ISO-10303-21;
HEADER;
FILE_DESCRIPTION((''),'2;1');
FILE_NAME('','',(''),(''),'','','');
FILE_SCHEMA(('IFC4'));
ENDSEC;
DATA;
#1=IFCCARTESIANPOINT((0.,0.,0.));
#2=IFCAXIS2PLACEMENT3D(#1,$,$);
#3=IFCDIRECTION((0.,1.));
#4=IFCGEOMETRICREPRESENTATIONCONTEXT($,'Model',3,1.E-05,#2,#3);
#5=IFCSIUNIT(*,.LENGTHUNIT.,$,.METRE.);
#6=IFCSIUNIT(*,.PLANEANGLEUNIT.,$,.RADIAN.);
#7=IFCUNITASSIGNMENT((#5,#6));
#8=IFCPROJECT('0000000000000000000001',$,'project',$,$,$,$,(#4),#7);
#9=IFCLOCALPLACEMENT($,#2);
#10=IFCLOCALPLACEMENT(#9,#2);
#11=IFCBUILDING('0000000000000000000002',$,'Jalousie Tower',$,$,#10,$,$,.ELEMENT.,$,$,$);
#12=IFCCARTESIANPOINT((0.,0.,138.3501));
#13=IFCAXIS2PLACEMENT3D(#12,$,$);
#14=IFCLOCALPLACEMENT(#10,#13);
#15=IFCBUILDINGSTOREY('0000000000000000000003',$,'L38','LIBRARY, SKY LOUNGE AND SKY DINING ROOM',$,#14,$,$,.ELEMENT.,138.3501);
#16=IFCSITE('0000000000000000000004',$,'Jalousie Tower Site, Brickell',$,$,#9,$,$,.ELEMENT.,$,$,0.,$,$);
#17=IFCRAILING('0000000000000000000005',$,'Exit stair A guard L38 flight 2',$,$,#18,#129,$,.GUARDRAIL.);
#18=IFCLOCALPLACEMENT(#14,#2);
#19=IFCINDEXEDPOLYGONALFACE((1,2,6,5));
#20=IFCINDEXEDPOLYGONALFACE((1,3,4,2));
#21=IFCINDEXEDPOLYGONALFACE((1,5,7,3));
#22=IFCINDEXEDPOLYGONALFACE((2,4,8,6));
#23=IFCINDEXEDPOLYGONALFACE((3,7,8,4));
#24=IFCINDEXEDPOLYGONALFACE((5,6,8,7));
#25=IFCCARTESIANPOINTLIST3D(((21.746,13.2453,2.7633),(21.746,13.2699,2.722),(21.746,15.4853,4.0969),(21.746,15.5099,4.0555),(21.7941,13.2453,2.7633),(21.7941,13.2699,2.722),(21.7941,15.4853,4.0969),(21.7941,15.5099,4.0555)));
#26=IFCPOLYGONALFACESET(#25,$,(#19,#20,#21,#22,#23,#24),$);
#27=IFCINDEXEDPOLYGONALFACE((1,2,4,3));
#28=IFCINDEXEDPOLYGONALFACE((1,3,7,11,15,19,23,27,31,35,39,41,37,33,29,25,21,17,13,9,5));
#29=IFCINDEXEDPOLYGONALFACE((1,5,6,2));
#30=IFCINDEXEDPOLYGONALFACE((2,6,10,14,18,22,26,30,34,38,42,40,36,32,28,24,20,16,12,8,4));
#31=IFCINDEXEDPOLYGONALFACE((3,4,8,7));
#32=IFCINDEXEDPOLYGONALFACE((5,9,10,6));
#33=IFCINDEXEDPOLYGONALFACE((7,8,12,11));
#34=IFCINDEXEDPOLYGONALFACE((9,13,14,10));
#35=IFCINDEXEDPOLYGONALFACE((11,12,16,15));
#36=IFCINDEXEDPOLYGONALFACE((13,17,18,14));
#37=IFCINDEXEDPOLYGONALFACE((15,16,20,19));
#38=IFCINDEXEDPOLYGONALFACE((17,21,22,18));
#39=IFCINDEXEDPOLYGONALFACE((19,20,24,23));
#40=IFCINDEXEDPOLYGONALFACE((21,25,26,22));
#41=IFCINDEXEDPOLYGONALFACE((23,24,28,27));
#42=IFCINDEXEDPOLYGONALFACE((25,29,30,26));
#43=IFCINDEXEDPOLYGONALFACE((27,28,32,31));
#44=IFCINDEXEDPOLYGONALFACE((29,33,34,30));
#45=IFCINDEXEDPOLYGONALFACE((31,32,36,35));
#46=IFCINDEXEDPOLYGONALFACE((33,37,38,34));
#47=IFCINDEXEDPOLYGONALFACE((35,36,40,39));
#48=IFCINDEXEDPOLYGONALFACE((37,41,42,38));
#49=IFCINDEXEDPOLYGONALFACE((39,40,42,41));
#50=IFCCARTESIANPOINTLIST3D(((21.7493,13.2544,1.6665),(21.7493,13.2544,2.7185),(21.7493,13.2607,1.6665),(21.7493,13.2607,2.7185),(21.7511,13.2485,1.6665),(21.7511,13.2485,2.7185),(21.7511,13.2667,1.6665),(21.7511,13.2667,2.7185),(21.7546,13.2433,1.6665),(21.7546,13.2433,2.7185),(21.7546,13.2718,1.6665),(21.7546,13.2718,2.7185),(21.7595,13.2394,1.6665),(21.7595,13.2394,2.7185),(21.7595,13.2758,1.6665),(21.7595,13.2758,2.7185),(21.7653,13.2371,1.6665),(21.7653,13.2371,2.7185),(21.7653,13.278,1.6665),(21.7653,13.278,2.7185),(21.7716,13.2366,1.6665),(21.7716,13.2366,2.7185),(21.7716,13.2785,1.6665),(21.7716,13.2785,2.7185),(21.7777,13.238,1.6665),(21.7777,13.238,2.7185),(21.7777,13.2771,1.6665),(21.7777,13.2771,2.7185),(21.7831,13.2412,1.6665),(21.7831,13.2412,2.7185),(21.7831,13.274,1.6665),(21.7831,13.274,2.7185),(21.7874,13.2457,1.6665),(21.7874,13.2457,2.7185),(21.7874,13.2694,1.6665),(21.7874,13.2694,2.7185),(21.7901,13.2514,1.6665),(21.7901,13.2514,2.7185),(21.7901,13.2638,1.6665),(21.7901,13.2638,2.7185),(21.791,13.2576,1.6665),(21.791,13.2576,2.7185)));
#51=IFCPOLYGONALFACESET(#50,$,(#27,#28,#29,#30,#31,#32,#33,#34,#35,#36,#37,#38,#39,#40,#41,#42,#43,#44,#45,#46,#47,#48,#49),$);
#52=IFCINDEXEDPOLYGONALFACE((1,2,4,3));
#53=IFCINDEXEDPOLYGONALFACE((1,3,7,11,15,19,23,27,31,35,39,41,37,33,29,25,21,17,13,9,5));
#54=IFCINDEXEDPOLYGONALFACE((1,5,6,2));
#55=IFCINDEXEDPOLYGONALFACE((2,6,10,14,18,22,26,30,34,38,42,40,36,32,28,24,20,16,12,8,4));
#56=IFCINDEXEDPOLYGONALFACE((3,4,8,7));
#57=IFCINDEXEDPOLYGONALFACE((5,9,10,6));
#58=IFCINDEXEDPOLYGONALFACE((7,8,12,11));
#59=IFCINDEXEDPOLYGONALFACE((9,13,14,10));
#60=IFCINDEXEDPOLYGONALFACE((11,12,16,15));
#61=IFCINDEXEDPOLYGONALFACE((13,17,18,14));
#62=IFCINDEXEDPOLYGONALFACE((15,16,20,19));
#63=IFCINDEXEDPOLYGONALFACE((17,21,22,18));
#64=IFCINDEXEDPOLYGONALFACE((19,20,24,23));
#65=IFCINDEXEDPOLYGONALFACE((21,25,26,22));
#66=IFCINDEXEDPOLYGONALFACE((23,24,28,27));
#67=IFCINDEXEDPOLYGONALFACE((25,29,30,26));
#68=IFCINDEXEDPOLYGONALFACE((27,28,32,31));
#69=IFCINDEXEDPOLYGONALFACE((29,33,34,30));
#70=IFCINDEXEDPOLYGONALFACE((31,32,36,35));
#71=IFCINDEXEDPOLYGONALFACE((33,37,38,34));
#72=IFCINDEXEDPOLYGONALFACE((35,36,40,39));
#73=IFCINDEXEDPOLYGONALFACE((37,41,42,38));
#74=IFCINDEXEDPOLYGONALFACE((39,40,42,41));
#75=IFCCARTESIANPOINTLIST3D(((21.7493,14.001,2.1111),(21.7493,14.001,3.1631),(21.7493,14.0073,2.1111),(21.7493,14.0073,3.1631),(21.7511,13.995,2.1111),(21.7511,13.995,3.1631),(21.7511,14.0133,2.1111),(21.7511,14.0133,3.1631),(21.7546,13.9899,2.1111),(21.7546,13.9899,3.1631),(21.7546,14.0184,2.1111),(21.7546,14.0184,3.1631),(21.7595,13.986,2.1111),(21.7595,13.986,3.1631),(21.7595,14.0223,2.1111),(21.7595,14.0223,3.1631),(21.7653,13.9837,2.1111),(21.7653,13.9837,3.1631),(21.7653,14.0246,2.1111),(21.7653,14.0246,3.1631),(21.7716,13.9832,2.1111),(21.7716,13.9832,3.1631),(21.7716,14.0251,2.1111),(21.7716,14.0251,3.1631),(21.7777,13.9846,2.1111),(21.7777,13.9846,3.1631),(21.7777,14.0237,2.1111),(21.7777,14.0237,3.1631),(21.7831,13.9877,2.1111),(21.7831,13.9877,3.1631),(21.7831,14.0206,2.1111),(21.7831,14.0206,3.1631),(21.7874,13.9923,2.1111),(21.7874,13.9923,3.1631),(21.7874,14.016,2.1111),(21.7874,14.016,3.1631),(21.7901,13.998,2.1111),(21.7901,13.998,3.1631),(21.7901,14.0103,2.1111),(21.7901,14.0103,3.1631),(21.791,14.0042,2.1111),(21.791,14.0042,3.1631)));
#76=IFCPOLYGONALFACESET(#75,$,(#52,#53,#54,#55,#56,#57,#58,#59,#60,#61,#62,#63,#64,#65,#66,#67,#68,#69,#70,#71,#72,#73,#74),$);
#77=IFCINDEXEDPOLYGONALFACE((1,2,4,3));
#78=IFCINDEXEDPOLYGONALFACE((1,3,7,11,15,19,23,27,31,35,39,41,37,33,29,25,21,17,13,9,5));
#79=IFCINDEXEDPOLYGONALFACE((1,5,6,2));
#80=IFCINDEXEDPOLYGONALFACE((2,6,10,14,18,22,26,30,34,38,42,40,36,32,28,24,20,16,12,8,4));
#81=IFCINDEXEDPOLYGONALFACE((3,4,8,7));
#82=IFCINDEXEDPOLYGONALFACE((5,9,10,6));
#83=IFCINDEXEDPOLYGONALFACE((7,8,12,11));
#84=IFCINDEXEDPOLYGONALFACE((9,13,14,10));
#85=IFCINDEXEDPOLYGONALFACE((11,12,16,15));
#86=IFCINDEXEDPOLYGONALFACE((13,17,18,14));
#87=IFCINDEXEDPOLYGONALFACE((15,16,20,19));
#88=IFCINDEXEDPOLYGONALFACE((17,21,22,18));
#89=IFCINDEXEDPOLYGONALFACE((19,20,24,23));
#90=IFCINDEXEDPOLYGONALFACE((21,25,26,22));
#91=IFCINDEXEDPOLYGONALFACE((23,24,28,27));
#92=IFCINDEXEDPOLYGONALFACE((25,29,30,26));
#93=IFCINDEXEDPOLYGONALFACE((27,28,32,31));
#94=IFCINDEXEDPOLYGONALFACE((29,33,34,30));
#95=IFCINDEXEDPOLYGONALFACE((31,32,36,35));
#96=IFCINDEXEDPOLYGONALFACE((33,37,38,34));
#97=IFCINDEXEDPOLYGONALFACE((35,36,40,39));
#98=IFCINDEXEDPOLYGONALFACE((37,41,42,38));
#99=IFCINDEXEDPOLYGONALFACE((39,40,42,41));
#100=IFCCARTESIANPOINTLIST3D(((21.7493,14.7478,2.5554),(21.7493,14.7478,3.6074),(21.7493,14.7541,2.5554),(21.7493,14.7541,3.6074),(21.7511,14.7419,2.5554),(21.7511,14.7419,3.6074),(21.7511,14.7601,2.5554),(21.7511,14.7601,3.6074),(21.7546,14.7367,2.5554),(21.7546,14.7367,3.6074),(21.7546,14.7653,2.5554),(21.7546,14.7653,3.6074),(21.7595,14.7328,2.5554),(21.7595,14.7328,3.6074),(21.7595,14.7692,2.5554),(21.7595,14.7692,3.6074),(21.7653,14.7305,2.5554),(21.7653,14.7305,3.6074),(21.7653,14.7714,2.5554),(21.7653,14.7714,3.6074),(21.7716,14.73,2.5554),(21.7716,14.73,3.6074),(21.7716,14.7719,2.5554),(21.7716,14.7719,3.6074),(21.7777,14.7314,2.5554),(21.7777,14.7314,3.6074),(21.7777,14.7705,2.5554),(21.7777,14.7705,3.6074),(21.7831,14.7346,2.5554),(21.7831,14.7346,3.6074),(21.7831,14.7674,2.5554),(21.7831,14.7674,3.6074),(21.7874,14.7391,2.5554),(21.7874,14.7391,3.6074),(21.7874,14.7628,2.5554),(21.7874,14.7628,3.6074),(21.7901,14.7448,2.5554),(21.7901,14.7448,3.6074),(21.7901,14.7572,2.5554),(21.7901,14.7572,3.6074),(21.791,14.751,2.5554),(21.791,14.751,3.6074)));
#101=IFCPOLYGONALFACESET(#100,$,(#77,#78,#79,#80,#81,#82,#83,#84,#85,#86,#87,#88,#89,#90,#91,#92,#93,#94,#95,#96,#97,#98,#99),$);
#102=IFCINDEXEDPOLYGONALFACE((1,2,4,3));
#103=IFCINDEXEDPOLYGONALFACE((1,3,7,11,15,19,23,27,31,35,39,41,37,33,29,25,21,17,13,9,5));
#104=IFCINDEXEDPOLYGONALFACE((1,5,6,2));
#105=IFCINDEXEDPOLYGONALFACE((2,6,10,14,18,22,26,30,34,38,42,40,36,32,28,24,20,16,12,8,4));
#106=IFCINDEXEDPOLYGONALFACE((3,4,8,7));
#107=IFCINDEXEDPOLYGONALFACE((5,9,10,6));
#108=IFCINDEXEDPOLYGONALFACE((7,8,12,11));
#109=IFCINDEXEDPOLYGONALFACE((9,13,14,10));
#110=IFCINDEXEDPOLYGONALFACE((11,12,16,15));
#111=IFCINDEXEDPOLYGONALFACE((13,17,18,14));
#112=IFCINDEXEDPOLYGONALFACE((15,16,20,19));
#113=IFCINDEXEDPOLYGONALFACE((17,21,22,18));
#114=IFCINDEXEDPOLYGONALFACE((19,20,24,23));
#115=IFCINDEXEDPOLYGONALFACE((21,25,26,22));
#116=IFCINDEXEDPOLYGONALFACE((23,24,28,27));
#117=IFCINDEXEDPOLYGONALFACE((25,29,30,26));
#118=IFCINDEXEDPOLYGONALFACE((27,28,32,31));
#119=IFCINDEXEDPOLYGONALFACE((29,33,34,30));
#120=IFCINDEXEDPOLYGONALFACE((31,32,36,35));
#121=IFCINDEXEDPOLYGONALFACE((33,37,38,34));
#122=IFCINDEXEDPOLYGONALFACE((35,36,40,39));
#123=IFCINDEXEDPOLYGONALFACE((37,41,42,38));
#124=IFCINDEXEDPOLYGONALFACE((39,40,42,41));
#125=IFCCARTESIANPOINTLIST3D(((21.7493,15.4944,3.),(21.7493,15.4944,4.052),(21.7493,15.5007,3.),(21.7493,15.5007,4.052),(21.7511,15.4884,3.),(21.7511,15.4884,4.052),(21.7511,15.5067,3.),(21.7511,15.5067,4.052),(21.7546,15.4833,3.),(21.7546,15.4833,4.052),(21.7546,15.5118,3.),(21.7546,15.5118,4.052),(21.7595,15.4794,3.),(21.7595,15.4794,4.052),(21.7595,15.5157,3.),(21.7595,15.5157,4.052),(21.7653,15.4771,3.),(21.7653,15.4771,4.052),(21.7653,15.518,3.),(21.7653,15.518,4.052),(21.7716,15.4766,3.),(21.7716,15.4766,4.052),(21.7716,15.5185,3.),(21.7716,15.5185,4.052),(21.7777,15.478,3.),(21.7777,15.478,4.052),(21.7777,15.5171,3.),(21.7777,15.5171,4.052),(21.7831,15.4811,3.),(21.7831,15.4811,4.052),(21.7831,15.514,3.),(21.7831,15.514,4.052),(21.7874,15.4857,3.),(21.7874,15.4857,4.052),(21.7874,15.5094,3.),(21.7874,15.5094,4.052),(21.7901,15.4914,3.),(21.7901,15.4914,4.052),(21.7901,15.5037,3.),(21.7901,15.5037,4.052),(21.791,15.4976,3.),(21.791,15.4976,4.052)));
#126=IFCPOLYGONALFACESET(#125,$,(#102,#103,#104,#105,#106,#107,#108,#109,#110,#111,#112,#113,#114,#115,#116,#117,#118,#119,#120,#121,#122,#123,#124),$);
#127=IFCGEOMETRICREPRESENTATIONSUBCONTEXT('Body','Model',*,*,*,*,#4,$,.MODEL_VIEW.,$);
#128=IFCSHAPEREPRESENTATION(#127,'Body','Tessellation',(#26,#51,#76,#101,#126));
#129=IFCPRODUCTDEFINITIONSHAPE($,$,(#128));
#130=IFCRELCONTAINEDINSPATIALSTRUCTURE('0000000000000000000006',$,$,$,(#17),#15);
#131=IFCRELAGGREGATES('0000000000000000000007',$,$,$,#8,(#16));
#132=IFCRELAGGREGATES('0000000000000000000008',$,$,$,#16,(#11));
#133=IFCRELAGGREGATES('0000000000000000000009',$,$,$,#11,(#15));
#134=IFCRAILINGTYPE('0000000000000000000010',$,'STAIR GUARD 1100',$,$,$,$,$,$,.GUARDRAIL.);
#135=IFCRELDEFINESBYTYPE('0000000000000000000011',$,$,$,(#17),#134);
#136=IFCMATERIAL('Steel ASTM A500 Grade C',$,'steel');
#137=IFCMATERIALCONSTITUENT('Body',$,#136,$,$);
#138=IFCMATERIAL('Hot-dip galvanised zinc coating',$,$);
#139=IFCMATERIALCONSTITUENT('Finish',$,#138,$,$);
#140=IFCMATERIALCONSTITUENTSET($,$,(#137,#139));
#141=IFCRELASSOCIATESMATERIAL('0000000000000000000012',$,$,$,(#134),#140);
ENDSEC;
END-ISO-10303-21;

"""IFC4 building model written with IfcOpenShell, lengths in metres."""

from ifc_helpers import new_model, si_unit, direction, frame, origin, origin_2d, place, context, subcontext, project, spatial, rectangle, circle, extrude, material, constituent, constituent_set, type_object, element, save


model = new_model("IFC4")

# Units and contexts
model_context = context("Model", 3, precision=1e-05, world=origin(), true_north=direction((0.0, 1.0)))
body_context = subcontext(model_context, "Body", "Model", "MODEL_VIEW")
ifc_project = project(units=[si_unit("LENGTHUNIT", "METRE"), si_unit("PLANEANGLEUNIT", "RADIAN")], contexts=[model_context])

# Site, building, storey
site_placement = place(None, origin())
site = spatial("IfcSite", under=ifc_project, at=site_placement, Name="Jalousie Tower Site, Brickell", CompositionType="ELEMENT", RefElevation=0.0)
building_placement = place(site_placement, origin())
building = spatial("IfcBuilding", under=site, at=building_placement, Name="Jalousie Tower", CompositionType="ELEMENT")
storey_placement = place(building_placement, frame((0.0, 0.0, 138.3501)))
storey = spatial("IfcBuildingStorey", under=building, at=storey_placement, Name="L38", Description="LIBRARY, SKY LOUNGE AND SKY DINING ROOM", CompositionType="ELEMENT", Elevation=138.3501)

# Railing
ifc_material_1 = material(Name="Steel ASTM A500 Grade C", Category="steel")
ifc_constituent_1 = constituent(ifc_material_1, Name="Body")
ifc_material_2 = material(Name="Hot-dip galvanised zinc coating")
ifc_constituent_2 = constituent(ifc_material_2, Name="Finish")
ifc_constituent_set_1 = constituent_set(constituents=[ifc_constituent_1, ifc_constituent_2])
railing_type_1 = type_object("IfcRailingType", Name="STAIR GUARD 1100", PredefinedType="GUARDRAIL", material=ifc_constituent_set_1)
railing_1_placement = place(storey_placement, frame((21.77, 13.2576, 1.6665)))
element("IfcRailing", 1, at=railing_1_placement, inside=storey, type_object=railing_type_1, Name="Exit stair A guard L38 flight 2", PredefinedType="GUARDRAIL", context=body_context, shape_type="SweptSolid", body=[
    extrude(rectangle(XDim=0.0481, YDim=0.0481, at=origin_2d()), frame((0.0, 0.0, 1.0762), z_axis=(0.0, 0.859264, 0.511532), x_axis=(-1.0, 0.0, 0.0)), (0.0, 0.0, 1.0), 2.6069),
    extrude(circle(Radius=0.021, at=origin_2d()), origin(), (0.0, 0.0, 1.0), 1.052),
    extrude(circle(Radius=0.021, at=origin_2d()), frame((0.0, 0.7466, 0.4446)), (0.0, 0.0, 1.0), 1.052),
    extrude(circle(Radius=0.021, at=origin_2d()), frame((0.0, 1.4934, 0.8889)), (0.0, 0.0, 1.0), 1.052),
    extrude(circle(Radius=0.021, at=origin_2d()), frame((0.0, 2.24, 1.3335)), (0.0, 0.0, 1.0), 1.052),
])

save(model, "model.ifc")
